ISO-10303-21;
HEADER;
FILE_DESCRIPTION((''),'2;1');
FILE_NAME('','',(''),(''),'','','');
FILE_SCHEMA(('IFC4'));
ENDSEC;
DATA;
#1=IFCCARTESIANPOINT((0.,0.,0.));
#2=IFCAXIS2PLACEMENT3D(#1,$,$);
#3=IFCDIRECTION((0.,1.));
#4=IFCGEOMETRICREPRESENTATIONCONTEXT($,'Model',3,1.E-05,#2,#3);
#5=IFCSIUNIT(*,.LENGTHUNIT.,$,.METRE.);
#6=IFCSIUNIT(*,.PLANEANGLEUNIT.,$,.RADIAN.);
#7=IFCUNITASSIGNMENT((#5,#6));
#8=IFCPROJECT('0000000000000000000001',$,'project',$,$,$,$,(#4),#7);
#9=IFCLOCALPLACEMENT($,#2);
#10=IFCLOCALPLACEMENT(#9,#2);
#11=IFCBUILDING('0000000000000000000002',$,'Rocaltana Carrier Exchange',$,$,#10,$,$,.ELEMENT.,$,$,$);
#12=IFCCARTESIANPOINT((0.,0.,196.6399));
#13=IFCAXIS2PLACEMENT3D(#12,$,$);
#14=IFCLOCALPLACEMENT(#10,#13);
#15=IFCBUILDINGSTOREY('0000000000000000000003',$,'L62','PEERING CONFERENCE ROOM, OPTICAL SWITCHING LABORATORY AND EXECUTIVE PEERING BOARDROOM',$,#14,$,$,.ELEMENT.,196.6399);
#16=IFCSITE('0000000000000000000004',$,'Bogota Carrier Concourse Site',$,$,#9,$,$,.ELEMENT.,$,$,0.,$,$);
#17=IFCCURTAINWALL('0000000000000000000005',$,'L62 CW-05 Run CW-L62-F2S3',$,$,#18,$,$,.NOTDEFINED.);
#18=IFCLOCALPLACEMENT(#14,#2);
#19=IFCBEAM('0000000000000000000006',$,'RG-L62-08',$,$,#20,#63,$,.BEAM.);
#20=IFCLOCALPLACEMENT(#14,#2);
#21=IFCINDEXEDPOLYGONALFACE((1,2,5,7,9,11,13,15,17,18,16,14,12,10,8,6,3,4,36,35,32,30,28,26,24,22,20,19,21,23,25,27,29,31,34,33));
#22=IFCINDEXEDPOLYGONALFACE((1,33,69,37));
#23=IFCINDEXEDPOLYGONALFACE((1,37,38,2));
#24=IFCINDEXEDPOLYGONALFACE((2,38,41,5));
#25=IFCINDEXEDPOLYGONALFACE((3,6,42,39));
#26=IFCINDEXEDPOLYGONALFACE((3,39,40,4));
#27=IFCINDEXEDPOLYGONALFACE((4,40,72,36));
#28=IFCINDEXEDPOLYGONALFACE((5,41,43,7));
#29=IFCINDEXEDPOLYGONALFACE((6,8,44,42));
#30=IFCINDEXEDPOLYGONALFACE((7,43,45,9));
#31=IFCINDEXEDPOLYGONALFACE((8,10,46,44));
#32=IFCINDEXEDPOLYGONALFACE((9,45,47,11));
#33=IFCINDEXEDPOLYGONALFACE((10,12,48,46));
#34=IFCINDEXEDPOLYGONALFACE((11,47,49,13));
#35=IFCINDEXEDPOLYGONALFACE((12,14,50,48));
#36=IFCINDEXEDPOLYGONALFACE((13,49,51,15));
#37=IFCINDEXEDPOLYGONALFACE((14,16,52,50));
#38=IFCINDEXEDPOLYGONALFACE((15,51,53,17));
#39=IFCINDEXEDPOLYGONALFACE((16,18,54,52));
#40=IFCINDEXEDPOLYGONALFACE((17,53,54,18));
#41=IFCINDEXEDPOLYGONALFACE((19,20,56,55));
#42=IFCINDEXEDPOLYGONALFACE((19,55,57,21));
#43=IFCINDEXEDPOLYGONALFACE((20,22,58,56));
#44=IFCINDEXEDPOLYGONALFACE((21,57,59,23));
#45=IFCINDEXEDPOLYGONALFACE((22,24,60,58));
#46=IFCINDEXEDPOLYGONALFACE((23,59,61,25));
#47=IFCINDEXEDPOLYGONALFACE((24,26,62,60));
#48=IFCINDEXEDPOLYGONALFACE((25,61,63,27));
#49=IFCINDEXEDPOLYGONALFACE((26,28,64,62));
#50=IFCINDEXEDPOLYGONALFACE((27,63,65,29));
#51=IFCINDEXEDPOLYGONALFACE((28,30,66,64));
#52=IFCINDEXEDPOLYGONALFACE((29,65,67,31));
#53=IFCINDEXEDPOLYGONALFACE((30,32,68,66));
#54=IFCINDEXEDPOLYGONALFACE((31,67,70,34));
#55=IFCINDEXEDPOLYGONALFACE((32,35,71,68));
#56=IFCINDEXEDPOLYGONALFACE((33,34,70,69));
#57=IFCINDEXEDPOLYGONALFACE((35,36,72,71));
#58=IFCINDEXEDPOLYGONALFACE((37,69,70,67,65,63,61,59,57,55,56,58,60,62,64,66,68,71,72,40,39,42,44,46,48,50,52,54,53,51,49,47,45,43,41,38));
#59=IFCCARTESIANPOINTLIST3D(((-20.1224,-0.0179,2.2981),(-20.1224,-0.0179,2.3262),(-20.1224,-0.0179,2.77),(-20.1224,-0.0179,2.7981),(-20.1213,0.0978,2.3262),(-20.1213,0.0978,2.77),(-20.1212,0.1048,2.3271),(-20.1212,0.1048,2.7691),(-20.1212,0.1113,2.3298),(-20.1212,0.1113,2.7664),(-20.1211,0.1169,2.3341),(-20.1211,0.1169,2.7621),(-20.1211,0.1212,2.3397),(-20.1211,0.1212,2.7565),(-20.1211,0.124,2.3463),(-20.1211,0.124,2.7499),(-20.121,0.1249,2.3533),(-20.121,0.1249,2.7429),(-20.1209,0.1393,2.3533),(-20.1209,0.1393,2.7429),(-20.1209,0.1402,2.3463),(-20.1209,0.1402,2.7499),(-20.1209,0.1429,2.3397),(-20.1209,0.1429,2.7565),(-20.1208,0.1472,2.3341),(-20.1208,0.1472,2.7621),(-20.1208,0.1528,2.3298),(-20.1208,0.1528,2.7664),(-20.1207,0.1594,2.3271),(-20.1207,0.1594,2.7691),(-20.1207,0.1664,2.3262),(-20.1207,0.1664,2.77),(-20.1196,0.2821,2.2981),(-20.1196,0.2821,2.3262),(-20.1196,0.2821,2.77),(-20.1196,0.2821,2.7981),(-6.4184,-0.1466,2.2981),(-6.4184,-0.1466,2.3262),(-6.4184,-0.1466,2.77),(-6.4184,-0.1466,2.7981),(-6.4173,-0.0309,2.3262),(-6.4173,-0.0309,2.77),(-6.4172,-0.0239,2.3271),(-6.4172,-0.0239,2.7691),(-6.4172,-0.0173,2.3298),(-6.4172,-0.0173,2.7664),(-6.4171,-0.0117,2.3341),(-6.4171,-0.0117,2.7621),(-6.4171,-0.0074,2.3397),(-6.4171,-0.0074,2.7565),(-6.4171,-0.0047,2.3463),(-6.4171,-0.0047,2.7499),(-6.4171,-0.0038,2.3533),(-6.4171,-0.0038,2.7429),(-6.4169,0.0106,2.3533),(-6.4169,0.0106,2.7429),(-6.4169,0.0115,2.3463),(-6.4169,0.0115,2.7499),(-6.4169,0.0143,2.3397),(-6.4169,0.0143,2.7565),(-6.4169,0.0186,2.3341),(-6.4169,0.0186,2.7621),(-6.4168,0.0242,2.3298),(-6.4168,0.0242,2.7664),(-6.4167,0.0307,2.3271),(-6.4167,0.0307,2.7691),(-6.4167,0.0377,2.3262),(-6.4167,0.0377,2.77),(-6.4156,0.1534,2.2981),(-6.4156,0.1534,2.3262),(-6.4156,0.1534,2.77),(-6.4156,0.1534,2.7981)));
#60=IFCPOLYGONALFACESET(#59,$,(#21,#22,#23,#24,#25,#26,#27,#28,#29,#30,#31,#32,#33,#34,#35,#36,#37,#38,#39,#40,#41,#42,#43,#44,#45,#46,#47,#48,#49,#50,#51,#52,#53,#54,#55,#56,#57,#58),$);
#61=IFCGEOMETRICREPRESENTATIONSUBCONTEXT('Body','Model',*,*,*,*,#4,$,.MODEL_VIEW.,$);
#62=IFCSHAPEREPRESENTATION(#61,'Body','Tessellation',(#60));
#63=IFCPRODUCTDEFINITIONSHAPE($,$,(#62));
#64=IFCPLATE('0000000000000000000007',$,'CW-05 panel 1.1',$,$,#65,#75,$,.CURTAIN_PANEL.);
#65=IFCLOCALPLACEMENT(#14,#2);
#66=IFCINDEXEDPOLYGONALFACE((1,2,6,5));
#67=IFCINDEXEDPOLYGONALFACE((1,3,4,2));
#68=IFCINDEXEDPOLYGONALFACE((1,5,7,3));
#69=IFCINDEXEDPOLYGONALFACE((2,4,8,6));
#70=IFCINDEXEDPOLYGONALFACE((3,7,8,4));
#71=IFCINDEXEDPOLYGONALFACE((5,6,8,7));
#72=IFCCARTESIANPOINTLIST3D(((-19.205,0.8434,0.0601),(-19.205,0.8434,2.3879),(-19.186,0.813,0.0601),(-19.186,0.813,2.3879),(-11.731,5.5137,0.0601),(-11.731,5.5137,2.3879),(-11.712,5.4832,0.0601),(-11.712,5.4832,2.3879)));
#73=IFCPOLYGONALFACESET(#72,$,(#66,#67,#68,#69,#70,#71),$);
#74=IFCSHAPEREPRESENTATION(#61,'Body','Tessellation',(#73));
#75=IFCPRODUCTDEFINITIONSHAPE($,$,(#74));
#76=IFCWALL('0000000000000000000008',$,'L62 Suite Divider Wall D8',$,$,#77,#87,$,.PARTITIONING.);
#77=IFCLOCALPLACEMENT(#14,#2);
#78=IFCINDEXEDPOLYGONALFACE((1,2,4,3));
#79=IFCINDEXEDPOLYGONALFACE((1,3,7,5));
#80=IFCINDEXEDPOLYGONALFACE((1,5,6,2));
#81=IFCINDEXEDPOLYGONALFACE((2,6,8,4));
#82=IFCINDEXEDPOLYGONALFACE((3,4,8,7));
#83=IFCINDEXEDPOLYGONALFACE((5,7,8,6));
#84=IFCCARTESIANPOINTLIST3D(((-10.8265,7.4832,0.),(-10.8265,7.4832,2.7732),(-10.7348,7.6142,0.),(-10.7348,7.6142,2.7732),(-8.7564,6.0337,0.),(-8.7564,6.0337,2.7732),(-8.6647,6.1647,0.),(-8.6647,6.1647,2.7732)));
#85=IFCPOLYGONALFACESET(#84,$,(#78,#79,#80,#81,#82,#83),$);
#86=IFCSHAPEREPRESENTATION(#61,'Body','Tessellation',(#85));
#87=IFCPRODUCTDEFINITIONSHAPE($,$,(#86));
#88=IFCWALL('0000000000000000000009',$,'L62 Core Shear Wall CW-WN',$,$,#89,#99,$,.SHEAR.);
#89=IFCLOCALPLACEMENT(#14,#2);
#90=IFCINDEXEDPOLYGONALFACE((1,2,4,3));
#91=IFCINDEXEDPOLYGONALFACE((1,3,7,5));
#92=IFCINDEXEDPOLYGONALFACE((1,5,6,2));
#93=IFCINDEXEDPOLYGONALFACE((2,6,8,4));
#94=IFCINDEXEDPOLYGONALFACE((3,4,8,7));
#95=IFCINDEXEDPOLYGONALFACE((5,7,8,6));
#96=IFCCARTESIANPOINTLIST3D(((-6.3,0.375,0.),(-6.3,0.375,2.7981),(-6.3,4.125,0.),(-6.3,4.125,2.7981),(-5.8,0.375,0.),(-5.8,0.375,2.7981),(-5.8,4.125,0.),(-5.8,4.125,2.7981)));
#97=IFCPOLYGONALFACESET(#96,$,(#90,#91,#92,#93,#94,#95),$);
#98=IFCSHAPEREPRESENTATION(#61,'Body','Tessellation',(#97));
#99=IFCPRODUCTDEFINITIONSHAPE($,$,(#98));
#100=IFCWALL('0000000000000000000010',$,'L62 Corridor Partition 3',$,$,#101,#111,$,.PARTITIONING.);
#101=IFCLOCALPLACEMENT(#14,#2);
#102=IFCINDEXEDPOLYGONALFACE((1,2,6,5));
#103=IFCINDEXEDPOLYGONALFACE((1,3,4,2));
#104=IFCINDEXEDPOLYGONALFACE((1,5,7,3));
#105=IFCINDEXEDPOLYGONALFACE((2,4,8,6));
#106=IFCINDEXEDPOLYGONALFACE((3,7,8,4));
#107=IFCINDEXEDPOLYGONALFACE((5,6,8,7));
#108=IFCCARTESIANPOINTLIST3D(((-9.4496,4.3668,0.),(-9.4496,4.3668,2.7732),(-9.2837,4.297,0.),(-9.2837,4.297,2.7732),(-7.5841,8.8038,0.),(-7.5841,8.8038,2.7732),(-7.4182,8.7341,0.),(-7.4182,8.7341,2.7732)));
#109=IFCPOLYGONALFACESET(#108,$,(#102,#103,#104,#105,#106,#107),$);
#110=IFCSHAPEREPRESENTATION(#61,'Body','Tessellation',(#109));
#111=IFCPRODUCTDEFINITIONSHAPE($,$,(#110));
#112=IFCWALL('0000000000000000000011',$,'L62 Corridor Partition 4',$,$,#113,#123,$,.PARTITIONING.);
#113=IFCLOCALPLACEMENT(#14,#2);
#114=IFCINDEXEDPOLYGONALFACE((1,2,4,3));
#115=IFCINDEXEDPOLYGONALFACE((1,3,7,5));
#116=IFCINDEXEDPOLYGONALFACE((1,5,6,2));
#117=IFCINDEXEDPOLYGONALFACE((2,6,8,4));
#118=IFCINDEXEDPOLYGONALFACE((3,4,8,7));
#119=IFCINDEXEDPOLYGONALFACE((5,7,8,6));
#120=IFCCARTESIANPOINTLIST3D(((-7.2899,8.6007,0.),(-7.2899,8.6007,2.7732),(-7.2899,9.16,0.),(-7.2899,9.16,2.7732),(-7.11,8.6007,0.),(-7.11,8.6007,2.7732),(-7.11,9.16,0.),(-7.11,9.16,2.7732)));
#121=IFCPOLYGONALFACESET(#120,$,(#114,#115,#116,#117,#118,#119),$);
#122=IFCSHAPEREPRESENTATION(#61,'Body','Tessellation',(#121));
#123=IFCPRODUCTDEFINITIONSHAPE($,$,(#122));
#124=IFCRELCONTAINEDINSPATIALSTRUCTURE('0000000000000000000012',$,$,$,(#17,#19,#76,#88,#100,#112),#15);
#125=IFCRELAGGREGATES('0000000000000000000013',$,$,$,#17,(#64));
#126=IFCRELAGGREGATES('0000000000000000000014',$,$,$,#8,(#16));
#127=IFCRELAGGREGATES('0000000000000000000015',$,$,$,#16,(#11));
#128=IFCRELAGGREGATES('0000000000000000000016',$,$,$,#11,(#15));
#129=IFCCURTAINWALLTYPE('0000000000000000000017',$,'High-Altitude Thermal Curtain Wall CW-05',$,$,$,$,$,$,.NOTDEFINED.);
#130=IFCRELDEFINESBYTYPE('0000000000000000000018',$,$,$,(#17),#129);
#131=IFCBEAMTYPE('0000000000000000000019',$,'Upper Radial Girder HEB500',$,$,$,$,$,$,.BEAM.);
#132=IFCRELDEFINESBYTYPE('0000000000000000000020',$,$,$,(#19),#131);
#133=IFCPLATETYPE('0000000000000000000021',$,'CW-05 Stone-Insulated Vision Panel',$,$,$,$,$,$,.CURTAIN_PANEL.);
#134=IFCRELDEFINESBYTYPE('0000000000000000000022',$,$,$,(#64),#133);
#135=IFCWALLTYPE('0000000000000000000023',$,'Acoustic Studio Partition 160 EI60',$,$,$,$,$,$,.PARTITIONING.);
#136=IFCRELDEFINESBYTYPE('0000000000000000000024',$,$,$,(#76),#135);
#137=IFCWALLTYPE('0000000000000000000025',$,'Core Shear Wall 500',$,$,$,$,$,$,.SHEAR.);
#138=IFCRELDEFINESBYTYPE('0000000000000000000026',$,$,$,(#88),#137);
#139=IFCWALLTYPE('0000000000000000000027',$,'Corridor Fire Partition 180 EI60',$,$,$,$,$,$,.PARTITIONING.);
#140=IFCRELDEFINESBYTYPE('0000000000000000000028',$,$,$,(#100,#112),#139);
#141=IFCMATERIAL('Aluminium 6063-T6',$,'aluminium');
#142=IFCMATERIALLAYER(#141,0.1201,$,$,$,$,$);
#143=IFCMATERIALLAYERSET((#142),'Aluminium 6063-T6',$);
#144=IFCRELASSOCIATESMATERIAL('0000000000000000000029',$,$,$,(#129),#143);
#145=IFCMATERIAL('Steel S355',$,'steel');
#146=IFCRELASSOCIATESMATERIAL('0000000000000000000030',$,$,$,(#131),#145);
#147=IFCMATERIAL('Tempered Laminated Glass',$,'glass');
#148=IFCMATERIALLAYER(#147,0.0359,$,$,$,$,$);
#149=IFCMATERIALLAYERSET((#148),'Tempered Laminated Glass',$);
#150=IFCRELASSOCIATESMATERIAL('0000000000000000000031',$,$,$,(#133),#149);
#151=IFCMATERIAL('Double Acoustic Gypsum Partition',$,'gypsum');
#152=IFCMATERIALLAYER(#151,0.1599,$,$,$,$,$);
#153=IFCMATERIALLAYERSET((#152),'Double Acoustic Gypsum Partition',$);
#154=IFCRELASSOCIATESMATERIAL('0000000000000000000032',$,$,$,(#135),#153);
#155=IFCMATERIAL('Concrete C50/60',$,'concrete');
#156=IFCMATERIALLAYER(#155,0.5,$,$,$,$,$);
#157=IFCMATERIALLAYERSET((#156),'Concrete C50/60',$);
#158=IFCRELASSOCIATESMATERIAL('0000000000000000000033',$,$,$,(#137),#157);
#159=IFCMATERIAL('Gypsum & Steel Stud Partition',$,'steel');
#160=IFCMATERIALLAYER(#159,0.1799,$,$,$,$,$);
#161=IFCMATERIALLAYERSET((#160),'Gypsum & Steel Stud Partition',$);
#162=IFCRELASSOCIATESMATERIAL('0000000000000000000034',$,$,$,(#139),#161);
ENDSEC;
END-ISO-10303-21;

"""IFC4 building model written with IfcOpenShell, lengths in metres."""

from ifc_helpers import new_model, si_unit, direction, frame, frame_2d, origin, origin_2d, place, context, subcontext, project, spatial, rectangle, i_section, extrude, material, layer, layer_set, material_profile, profile_set, type_object, element, aggregate, save


model = new_model("IFC4")

# Units and contexts
model_context = context("Model", 3, precision=1e-05, world=origin(), true_north=direction((0.0, 1.0)))
body_context = subcontext(model_context, "Body", "Model", "MODEL_VIEW")
ifc_project = project(units=[si_unit("LENGTHUNIT", "METRE"), si_unit("PLANEANGLEUNIT", "RADIAN")], contexts=[model_context])

# Site, building, storey
site_placement = place(None, origin())
site = spatial("IfcSite", under=ifc_project, at=site_placement, Name="Bogota Carrier Concourse Site", CompositionType="ELEMENT", RefElevation=0.0)
building_placement = place(site_placement, origin())
building = spatial("IfcBuilding", under=site, at=building_placement, Name="Rocaltana Carrier Exchange", CompositionType="ELEMENT")
storey_placement = place(building_placement, frame((0.0, 0.0, 196.6399)))
storey = spatial("IfcBuildingStorey", under=building, at=storey_placement, Name="L62", Description="PEERING CONFERENCE ROOM, OPTICAL SWITCHING LABORATORY AND EXECUTIVE PEERING BOARDROOM", CompositionType="ELEMENT", Elevation=196.6399)

# Shared definitions
ifc_material_1 = material(Name="Aluminium 6063-T6", Category="aluminium")
ifc_layer_1 = layer(ifc_material_1, 0.1201)
ifc_layer_set_1 = layer_set([ifc_layer_1], Name="Aluminium 6063-T6")
curtain_wall_type = type_object("IfcCurtainWallType", Name="High-Altitude Thermal Curtain Wall CW-05", PredefinedType="NOTDEFINED", material=ifc_layer_set_1)

# Curtain wall
curtain_wall_1_placement = place(storey_placement, origin())
curtain_wall_1 = element("IfcCurtainWall", 1, at=curtain_wall_1_placement, inside=storey, type_object=curtain_wall_type, Name="L62 CW-05 Run CW-L62-F2S3", PredefinedType="NOTDEFINED")

# Beam
ifc_material_2 = material(Name="Steel S355", Category="steel")
ifc_material_profile_1 = material_profile(ifc_material_2, i_section(OverallWidth=0.3, OverallDepth=0.5, WebThickness=0.0144, FlangeThickness=0.0281, FilletRadius=0.0271, at=origin_2d()), Name="HEB500")
ifc_profile_set_1 = profile_set([ifc_material_profile_1], Name="Steel S355")
beam_type_1 = type_object("IfcBeamType", Name="Upper Radial Girder HEB500", PredefinedType="BEAM", material=ifc_profile_set_1)
beam_1_placement = place(storey_placement, frame((-6.417, 0.0034, 2.5481), z_axis=(-0.999956, 0.009388, 0.0), x_axis=(-0.009388, -0.999956, 0.0)))
element("IfcBeam", 2, at=beam_1_placement, inside=storey, type_object=beam_type_1, Name="RG-L62-08", PredefinedType="BEAM", context=body_context, shape_type="SweptSolid", body=[
    extrude(i_section(OverallWidth=0.3, OverallDepth=0.5, WebThickness=0.0144, FlangeThickness=0.0281, FilletRadius=0.0271, at=origin_2d()), origin(), (0.0, 0.0, 1.0), 13.7046),
])

# Plate
ifc_material_3 = material(Name="Tempered Laminated Glass", Category="glass")
ifc_layer_2 = layer(ifc_material_3, 0.0359)
ifc_layer_set_2 = layer_set([ifc_layer_2], Name="Tempered Laminated Glass")
plate_type = type_object("IfcPlateType", Name="CW-05 Stone-Insulated Vision Panel", PredefinedType="CURTAIN_PANEL", material=ifc_layer_set_2)
plate_placement = place(storey_placement, frame((-15.4585, 3.1633, 0.0601), z_axis=(0.0, 0.0, 1.0), x_axis=(-0.84805, -0.529915, 0.0)))
plate = element("IfcPlate", 3, at=plate_placement, type_object=plate_type, Name="CW-05 panel 1.1", PredefinedType="CURTAIN_PANEL", context=body_context, shape_type="SweptSolid", body=[
    extrude(rectangle(XDim=8.8132, YDim=0.0359, at=origin_2d()), origin(), (0.0, 0.0, 1.0), 2.3279),
])
aggregate(curtain_wall_1, [plate])

# Walls
ifc_material_4 = material(Name="Double Acoustic Gypsum Partition", Category="gypsum")
ifc_layer_3 = layer(ifc_material_4, 0.1599)
ifc_layer_set_3 = layer_set([ifc_layer_3], Name="Double Acoustic Gypsum Partition")
wall_type_1 = type_object("IfcWallType", Name="Acoustic Studio Partition 160 EI60", PredefinedType="PARTITIONING", material=ifc_layer_set_3)
wall_1_placement = place(storey_placement, frame((-8.7104, 6.0991, 0.0), z_axis=(0.0, 0.0, 1.0), x_axis=(-0.819155, 0.573573, 0.0)))
element("IfcWall", 4, at=wall_1_placement, inside=storey, type_object=wall_type_1, Name="L62 Suite Divider Wall D8", PredefinedType="PARTITIONING", context=body_context, shape_type="SweptSolid", body=[
    extrude(rectangle(XDim=2.5271, YDim=0.1599, at=frame_2d((1.2637, 0.0))), origin(), (0.0, 0.0, 1.0), 2.7732),
])
ifc_material_5 = material(Name="Concrete C50/60", Category="concrete")
ifc_layer_4 = layer(ifc_material_5, 0.5)
ifc_layer_set_4 = layer_set([ifc_layer_4], Name="Concrete C50/60")
wall_type_2 = type_object("IfcWallType", Name="Core Shear Wall 500", PredefinedType="SHEAR", material=ifc_layer_set_4)
wall_2_placement = place(storey_placement, frame((-6.05, 0.375, 0.0), z_axis=(0.0, 0.0, 1.0), x_axis=(0.0, 1.0, 0.0)))
element("IfcWall", 5, at=wall_2_placement, inside=storey, type_object=wall_type_2, Name="L62 Core Shear Wall CW-WN", PredefinedType="SHEAR", context=body_context, shape_type="SweptSolid", body=[
    extrude(rectangle(XDim=3.75, YDim=0.5, at=frame_2d((1.875, 0.0))), origin(), (0.0, 0.0, 1.0), 2.7981),
])
ifc_material_6 = material(Name="Gypsum & Steel Stud Partition", Category="steel")
ifc_layer_5 = layer(ifc_material_6, 0.1799)
ifc_layer_set_5 = layer_set([ifc_layer_5], Name="Gypsum & Steel Stud Partition")
wall_type_3 = type_object("IfcWallType", Name="Corridor Fire Partition 180 EI60", PredefinedType="PARTITIONING", material=ifc_layer_set_5)
wall_3_placement = place(storey_placement, frame((-9.3667, 4.3318, 0.0), z_axis=(0.0, 0.0, 1.0), x_axis=(0.387574, 0.921839, 0.0)))
element("IfcWall", 6, at=wall_3_placement, inside=storey, type_object=wall_type_3, Name="L62 Corridor Partition 3", PredefinedType="PARTITIONING", context=body_context, shape_type="SweptSolid", body=[
    extrude(rectangle(XDim=4.8132, YDim=0.1799, at=frame_2d((2.4067, 0.0))), origin(), (0.0, 0.0, 1.0), 2.7732),
])
wall_4_placement = place(storey_placement, frame((-7.2, 8.6006, 0.0), z_axis=(0.0, 0.0, 1.0), x_axis=(0.0, 1.0, 0.0)))
element("IfcWall", 7, at=wall_4_placement, inside=storey, type_object=wall_type_3, Name="L62 Corridor Partition 4", PredefinedType="PARTITIONING", context=body_context, shape_type="SweptSolid", body=[
    extrude(rectangle(XDim=0.5593, YDim=0.1799, at=frame_2d((0.2798, 0.0))), origin(), (0.0, 0.0, 1.0), 2.7732),
])

save(model, "model.ifc")
